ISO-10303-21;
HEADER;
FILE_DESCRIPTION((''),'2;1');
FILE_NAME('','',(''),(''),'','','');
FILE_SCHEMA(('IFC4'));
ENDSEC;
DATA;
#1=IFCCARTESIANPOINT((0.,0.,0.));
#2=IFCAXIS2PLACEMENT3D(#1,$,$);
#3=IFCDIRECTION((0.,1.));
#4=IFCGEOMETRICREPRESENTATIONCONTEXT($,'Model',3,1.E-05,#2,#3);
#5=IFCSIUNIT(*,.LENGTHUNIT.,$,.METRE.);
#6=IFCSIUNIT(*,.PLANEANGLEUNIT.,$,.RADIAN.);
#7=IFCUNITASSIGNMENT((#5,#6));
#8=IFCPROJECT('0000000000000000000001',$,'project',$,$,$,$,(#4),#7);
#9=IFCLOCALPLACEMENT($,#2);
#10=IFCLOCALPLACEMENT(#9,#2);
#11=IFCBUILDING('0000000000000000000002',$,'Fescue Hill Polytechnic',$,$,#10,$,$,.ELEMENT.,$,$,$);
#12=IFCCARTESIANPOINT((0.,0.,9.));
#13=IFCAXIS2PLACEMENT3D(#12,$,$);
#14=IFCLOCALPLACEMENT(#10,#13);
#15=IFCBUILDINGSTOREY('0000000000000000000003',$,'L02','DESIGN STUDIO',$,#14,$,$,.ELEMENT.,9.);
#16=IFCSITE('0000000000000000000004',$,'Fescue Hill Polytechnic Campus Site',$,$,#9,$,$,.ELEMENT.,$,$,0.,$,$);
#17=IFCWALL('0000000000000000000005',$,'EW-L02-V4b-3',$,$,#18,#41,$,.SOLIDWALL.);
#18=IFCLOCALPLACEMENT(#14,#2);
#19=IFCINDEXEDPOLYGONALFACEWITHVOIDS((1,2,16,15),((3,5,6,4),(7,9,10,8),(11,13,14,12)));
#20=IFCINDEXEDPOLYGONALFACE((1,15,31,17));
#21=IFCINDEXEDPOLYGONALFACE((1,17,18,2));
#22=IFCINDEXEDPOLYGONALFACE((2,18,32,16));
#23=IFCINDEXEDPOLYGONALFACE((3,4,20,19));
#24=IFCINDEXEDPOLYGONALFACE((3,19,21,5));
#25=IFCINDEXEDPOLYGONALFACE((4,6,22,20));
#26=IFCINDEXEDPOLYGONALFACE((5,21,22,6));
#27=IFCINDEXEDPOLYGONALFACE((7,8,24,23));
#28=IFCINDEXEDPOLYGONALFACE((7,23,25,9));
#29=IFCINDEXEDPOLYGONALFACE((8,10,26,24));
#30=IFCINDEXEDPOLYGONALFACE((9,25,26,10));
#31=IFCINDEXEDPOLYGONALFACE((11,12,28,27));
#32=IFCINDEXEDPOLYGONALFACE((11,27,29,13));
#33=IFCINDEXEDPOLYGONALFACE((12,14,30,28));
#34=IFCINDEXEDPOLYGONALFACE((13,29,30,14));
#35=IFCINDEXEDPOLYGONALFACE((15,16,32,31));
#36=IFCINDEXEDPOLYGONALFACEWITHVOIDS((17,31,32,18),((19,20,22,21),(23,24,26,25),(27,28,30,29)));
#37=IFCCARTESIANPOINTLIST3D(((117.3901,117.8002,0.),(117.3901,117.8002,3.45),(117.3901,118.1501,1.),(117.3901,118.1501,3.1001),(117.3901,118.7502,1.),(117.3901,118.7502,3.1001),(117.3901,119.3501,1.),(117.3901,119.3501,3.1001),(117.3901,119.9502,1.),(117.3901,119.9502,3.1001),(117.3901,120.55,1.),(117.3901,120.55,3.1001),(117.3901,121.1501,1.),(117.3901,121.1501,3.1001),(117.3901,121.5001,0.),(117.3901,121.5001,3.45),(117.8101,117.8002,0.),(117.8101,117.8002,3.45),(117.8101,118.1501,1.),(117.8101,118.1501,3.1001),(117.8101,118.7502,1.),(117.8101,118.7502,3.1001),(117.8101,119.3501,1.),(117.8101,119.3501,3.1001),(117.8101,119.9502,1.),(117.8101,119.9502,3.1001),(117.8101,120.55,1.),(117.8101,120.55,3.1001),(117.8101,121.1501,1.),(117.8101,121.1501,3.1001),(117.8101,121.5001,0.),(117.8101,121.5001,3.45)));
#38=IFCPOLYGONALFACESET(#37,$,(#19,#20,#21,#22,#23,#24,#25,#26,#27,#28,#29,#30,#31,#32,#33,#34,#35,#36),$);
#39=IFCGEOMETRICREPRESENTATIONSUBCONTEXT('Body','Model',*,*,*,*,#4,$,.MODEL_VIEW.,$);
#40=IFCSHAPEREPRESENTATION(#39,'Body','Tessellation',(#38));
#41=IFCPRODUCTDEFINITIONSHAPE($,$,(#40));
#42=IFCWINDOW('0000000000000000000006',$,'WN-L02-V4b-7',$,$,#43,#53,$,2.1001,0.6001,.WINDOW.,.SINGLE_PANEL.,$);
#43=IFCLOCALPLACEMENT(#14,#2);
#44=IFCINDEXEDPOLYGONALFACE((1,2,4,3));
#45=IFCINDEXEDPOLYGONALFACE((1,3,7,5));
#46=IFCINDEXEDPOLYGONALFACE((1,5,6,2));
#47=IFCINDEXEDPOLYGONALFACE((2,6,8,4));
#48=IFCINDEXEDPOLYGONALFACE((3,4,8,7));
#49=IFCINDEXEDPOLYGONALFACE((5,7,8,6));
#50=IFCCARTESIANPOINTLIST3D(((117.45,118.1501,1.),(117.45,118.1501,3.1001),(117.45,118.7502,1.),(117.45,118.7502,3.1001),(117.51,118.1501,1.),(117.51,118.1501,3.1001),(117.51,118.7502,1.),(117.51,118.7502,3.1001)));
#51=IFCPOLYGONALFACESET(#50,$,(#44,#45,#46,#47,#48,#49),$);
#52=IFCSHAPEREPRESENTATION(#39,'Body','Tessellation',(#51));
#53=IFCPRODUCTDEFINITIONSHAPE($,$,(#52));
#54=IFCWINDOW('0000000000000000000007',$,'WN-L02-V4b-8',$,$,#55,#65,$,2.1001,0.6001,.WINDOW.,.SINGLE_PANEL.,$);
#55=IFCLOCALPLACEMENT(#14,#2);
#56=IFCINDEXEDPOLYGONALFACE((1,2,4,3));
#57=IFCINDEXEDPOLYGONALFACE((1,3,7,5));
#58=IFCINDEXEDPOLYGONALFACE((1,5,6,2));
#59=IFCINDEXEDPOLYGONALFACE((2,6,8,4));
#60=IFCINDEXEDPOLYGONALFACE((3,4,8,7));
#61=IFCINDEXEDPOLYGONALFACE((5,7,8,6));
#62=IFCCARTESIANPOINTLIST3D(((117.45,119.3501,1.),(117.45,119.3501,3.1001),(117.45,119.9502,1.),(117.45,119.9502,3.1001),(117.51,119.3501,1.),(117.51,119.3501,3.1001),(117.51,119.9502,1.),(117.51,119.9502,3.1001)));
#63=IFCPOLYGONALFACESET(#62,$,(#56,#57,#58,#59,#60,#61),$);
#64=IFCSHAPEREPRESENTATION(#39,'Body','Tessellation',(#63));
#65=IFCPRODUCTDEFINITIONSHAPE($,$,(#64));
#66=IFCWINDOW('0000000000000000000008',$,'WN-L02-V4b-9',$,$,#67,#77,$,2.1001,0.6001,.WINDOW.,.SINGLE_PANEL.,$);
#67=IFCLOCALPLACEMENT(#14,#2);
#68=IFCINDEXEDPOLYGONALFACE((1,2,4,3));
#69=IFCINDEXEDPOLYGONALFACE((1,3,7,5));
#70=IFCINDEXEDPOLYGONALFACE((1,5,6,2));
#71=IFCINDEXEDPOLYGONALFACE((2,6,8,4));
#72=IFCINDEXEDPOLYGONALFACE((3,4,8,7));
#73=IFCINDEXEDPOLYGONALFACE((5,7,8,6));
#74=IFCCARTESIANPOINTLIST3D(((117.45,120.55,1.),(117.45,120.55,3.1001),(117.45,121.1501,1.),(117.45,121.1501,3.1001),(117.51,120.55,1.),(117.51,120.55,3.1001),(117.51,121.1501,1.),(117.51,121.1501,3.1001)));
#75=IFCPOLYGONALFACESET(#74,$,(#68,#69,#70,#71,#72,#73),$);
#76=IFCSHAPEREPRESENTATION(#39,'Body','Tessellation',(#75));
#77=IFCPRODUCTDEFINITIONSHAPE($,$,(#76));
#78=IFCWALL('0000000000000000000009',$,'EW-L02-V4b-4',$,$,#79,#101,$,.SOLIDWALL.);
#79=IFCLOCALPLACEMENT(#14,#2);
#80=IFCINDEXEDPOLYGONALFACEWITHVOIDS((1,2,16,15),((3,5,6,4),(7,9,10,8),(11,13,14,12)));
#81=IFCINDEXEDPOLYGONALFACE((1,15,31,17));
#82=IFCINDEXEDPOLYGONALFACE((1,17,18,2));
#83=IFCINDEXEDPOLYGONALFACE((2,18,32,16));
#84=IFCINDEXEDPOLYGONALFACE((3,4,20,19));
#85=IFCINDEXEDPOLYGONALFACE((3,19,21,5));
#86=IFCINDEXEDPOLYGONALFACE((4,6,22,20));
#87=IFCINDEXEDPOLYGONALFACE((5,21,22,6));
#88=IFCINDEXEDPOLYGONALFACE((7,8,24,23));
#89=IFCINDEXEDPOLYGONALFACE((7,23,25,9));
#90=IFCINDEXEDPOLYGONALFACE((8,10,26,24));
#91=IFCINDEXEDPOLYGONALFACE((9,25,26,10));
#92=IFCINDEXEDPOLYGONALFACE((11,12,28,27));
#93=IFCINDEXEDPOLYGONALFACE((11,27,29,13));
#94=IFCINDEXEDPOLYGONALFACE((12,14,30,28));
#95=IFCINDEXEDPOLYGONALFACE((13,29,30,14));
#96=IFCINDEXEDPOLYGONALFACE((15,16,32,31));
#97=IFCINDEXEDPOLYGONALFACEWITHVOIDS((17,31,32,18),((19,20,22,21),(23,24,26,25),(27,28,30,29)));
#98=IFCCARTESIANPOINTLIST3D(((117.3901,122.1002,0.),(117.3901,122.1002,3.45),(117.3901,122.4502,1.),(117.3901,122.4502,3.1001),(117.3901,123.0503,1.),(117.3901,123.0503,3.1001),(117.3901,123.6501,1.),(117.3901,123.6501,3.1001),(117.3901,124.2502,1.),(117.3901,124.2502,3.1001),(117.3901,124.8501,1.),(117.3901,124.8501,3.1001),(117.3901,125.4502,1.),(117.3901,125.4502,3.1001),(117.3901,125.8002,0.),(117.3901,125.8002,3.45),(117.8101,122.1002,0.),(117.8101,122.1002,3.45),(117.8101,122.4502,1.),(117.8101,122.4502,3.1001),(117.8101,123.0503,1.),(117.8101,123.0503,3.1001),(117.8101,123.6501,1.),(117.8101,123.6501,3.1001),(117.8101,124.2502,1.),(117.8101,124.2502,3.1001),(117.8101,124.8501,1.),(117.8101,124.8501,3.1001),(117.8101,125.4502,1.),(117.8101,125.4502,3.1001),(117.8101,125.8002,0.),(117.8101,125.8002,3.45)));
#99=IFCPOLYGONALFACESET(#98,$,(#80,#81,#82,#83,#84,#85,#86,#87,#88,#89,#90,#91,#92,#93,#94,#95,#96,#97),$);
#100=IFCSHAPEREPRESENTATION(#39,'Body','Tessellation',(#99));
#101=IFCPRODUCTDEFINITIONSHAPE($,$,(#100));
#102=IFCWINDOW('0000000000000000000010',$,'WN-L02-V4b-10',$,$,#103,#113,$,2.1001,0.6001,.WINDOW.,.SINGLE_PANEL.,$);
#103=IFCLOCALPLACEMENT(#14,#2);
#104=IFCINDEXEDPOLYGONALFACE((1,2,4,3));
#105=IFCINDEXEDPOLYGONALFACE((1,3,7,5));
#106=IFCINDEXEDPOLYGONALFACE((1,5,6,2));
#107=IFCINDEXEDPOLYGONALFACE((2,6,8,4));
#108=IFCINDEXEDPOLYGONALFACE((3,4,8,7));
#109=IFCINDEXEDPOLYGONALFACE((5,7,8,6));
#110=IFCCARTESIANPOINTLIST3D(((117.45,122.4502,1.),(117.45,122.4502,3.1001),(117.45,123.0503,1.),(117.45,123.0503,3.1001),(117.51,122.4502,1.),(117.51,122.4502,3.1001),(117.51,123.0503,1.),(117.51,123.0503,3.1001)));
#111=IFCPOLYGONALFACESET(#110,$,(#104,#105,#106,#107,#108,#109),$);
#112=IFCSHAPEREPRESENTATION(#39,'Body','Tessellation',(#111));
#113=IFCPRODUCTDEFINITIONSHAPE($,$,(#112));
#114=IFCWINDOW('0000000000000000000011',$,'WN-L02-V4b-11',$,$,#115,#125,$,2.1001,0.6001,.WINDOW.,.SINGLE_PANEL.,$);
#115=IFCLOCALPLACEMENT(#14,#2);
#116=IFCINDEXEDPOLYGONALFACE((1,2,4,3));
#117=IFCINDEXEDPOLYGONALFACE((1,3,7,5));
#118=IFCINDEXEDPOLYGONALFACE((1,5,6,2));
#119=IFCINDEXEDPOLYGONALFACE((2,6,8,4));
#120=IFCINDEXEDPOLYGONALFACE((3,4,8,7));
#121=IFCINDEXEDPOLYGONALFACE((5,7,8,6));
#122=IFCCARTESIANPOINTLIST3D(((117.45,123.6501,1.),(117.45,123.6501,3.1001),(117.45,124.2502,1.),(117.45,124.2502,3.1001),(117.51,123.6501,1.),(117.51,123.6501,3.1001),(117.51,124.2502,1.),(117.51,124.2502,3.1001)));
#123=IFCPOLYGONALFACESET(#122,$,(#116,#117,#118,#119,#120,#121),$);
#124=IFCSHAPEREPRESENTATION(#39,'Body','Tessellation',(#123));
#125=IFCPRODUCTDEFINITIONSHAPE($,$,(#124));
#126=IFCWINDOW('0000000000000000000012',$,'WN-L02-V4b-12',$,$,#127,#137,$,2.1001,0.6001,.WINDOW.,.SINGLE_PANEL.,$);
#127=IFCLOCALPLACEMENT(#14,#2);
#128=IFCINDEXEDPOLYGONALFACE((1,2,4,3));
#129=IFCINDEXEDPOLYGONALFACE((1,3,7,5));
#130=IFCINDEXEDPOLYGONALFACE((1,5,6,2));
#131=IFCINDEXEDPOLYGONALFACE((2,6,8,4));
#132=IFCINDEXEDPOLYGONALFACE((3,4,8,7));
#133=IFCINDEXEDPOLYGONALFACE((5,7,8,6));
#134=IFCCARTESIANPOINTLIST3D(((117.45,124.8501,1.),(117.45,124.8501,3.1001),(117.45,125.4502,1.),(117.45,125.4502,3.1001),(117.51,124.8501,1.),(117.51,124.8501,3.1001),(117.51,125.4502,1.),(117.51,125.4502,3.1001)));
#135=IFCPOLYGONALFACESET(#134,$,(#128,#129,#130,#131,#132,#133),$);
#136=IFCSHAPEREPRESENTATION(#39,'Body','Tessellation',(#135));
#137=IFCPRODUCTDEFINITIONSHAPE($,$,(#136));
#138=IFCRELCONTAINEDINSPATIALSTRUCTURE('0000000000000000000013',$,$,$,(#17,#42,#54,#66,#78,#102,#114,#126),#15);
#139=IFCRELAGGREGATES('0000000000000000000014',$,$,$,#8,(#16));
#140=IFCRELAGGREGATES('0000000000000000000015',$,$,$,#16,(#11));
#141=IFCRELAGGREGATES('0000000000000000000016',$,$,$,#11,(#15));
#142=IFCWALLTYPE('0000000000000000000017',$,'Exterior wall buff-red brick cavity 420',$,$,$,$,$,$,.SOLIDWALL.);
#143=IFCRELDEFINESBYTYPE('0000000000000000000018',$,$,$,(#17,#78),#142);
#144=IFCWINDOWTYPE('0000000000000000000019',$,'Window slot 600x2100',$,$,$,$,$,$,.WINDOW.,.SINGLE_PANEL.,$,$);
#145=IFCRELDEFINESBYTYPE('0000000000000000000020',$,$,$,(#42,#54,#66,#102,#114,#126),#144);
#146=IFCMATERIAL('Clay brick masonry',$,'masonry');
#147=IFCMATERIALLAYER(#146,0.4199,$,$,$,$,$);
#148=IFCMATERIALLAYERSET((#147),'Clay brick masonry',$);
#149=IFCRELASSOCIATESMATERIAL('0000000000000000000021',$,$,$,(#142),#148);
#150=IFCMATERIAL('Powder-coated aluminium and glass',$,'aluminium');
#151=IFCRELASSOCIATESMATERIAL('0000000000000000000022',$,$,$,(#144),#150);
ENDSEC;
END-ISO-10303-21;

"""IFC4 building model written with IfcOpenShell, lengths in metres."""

from ifc_helpers import new_model, si_unit, direction, frame, frame_2d, origin, place, context, subcontext, project, spatial, rectangle, extrude, material, layer, layer_set, type_object, element, fill, save


model = new_model("IFC4")

# Units and contexts
model_context = context("Model", 3, precision=1e-05, world=origin(), true_north=direction((0.0, 1.0)))
body_context = subcontext(model_context, "Body", "Model", "MODEL_VIEW")
ifc_project = project(units=[si_unit("LENGTHUNIT", "METRE"), si_unit("PLANEANGLEUNIT", "RADIAN")], contexts=[model_context])

# Site, building, storey
site_placement = place(None, origin())
site = spatial("IfcSite", under=ifc_project, at=site_placement, Name="Fescue Hill Polytechnic Campus Site", CompositionType="ELEMENT", RefElevation=0.0)
building_placement = place(site_placement, origin())
building = spatial("IfcBuilding", under=site, at=building_placement, Name="Fescue Hill Polytechnic", CompositionType="ELEMENT")
storey_placement = place(building_placement, frame((0.0, 0.0, 9.0)))
storey = spatial("IfcBuildingStorey", under=building, at=storey_placement, Name="L02", Description="DESIGN STUDIO", CompositionType="ELEMENT", Elevation=9.0)

# Shared definitions
ifc_material_1 = material(Name="Clay brick masonry", Category="masonry")

# Walls, openings, windows
ifc_layer_1 = layer(ifc_material_1, 0.4199)
ifc_layer_set_1 = layer_set([ifc_layer_1], Name="Clay brick masonry")
wall_type_1 = type_object("IfcWallType", Name="Exterior wall buff-red brick cavity 420", PredefinedType="SOLIDWALL", material=ifc_layer_set_1)
ifc_material_2 = material(Name="Powder-coated aluminium and glass", Category="aluminium")
window_type = type_object("IfcWindowType", Name="Window slot 600x2100", PartitioningType="SINGLE_PANEL", PredefinedType="WINDOW", material=ifc_material_2)
wall_1_placement = place(storey_placement, frame((117.6001, 117.8, 0.0), z_axis=(0.0, 0.0, 1.0), x_axis=(0.0, 1.0, 0.0)))
wall_1 = element("IfcWall", 1, at=wall_1_placement, inside=storey, type_object=wall_type_1, Name="EW-L02-V4b-3", PredefinedType="SOLIDWALL", context=body_context, shape_type="SweptSolid", body=[
    extrude(rectangle(XDim=3.7, YDim=0.4199, at=frame_2d((1.8501, 0.0))), origin(), (0.0, 0.0, 1.0), 3.45),
])
opening_1_placement = place(wall_1_placement, frame((0.3501, 0.0, 1.0)))
opening_1 = element("IfcOpeningElement", 2, at=opening_1_placement, cuts=wall_1, PredefinedType="OPENING", context=body_context, shape_type="SweptSolid", body=[
    extrude(rectangle(XDim=0.6001, YDim=2.1001, at=frame_2d((0.3, 1.05))), frame((0.0, 0.22, 0.0), z_axis=(0.0, -1.0, 0.0), x_axis=(1.0, 0.0, 0.0)), (0.0, 0.0, 1.0), 0.4399),
])
opening_2_placement = place(wall_1_placement, frame((1.55, 0.0, 1.0)))
opening_2 = element("IfcOpeningElement", 3, at=opening_2_placement, cuts=wall_1, PredefinedType="OPENING", context=body_context, shape_type="SweptSolid", body=[
    extrude(rectangle(XDim=0.6001, YDim=2.1001, at=frame_2d((0.3, 1.05))), frame((0.0, 0.22, 0.0), z_axis=(0.0, -1.0, 0.0), x_axis=(1.0, 0.0, 0.0)), (0.0, 0.0, 1.0), 0.4399),
])
opening_3_placement = place(wall_1_placement, frame((2.75, 0.0, 1.0)))
opening_3 = element("IfcOpeningElement", 4, at=opening_3_placement, cuts=wall_1, PredefinedType="OPENING", context=body_context, shape_type="SweptSolid", body=[
    extrude(rectangle(XDim=0.6001, YDim=2.1001, at=frame_2d((0.3, 1.05))), frame((0.0, 0.22, 0.0), z_axis=(0.0, -1.0, 0.0), x_axis=(1.0, 0.0, 0.0)), (0.0, 0.0, 1.0), 0.4399),
])
window_1_placement = place(opening_1_placement, origin())
window_1 = element("IfcWindow", 5, at=window_1_placement, inside=storey, type_object=window_type, Name="WN-L02-V4b-7", OverallHeight=2.1001, OverallWidth=0.6001, PartitioningType="SINGLE_PANEL", PredefinedType="WINDOW", context=body_context, shape_type="SweptSolid", body=[
    extrude(rectangle(XDim=0.6001, YDim=2.1001, at=frame_2d((0.3, 1.05))), frame((0.0, 0.1501, 0.0), z_axis=(0.0, -1.0, 0.0), x_axis=(1.0, 0.0, 0.0)), (0.0, 0.0, 1.0), 0.0601),
])
fill(opening_1, window_1)
window_2_placement = place(opening_2_placement, origin())
window_2 = element("IfcWindow", 6, at=window_2_placement, inside=storey, type_object=window_type, Name="WN-L02-V4b-8", OverallHeight=2.1001, OverallWidth=0.6001, PartitioningType="SINGLE_PANEL", PredefinedType="WINDOW", context=body_context, shape_type="SweptSolid", body=[
    extrude(rectangle(XDim=0.6001, YDim=2.1001, at=frame_2d((0.3, 1.05))), frame((0.0, 0.1501, 0.0), z_axis=(0.0, -1.0, 0.0), x_axis=(1.0, 0.0, 0.0)), (0.0, 0.0, 1.0), 0.0601),
])
fill(opening_2, window_2)
window_3_placement = place(opening_3_placement, origin())
window_3 = element("IfcWindow", 7, at=window_3_placement, inside=storey, type_object=window_type, Name="WN-L02-V4b-9", OverallHeight=2.1001, OverallWidth=0.6001, PartitioningType="SINGLE_PANEL", PredefinedType="WINDOW", context=body_context, shape_type="SweptSolid", body=[
    extrude(rectangle(XDim=0.6001, YDim=2.1001, at=frame_2d((0.3, 1.05))), frame((0.0, 0.1501, 0.0), z_axis=(0.0, -1.0, 0.0), x_axis=(1.0, 0.0, 0.0)), (0.0, 0.0, 1.0), 0.0601),
])
fill(opening_3, window_3)
wall_2_placement = place(storey_placement, frame((117.6001, 122.1001, 0.0), z_axis=(0.0, 0.0, 1.0), x_axis=(0.0, 1.0, 0.0)))
wall_2 = element("IfcWall", 8, at=wall_2_placement, inside=storey, type_object=wall_type_1, Name="EW-L02-V4b-4", PredefinedType="SOLIDWALL", context=body_context, shape_type="SweptSolid", body=[
    extrude(rectangle(XDim=3.7, YDim=0.4199, at=frame_2d((1.8501, 0.0))), origin(), (0.0, 0.0, 1.0), 3.45),
])
opening_4_placement = place(wall_2_placement, frame((0.3501, 0.0, 1.0)))
opening_4 = element("IfcOpeningElement", 9, at=opening_4_placement, cuts=wall_2, PredefinedType="OPENING", context=body_context, shape_type="SweptSolid", body=[
    extrude(rectangle(XDim=0.6001, YDim=2.1001, at=frame_2d((0.3, 1.05))), frame((0.0, 0.22, 0.0), z_axis=(0.0, -1.0, 0.0), x_axis=(1.0, 0.0, 0.0)), (0.0, 0.0, 1.0), 0.4399),
])
opening_5_placement = place(wall_2_placement, frame((1.55, 0.0, 1.0)))
opening_5 = element("IfcOpeningElement", 10, at=opening_5_placement, cuts=wall_2, PredefinedType="OPENING", context=body_context, shape_type="SweptSolid", body=[
    extrude(rectangle(XDim=0.6001, YDim=2.1001, at=frame_2d((0.3, 1.05))), frame((0.0, 0.22, 0.0), z_axis=(0.0, -1.0, 0.0), x_axis=(1.0, 0.0, 0.0)), (0.0, 0.0, 1.0), 0.4399),
])
opening_6_placement = place(wall_2_placement, frame((2.75, 0.0, 1.0)))
opening_6 = element("IfcOpeningElement", 11, at=opening_6_placement, cuts=wall_2, PredefinedType="OPENING", context=body_context, shape_type="SweptSolid", body=[
    extrude(rectangle(XDim=0.6001, YDim=2.1001, at=frame_2d((0.3, 1.05))), frame((0.0, 0.22, 0.0), z_axis=(0.0, -1.0, 0.0), x_axis=(1.0, 0.0, 0.0)), (0.0, 0.0, 1.0), 0.4399),
])
window_4_placement = place(opening_4_placement, origin())
window_4 = element("IfcWindow", 12, at=window_4_placement, inside=storey, type_object=window_type, Name="WN-L02-V4b-10", OverallHeight=2.1001, OverallWidth=0.6001, PartitioningType="SINGLE_PANEL", PredefinedType="WINDOW", context=body_context, shape_type="SweptSolid", body=[
    extrude(rectangle(XDim=0.6001, YDim=2.1001, at=frame_2d((0.3, 1.05))), frame((0.0, 0.1501, 0.0), z_axis=(0.0, -1.0, 0.0), x_axis=(1.0, 0.0, 0.0)), (0.0, 0.0, 1.0), 0.0601),
])
fill(opening_4, window_4)
window_5_placement = place(opening_5_placement, origin())
window_5 = element("IfcWindow", 13, at=window_5_placement, inside=storey, type_object=window_type, Name="WN-L02-V4b-11", OverallHeight=2.1001, OverallWidth=0.6001, PartitioningType="SINGLE_PANEL", PredefinedType="WINDOW", context=body_context, shape_type="SweptSolid", body=[
    extrude(rectangle(XDim=0.6001, YDim=2.1001, at=frame_2d((0.3, 1.05))), frame((0.0, 0.1501, 0.0), z_axis=(0.0, -1.0, 0.0), x_axis=(1.0, 0.0, 0.0)), (0.0, 0.0, 1.0), 0.0601),
])
fill(opening_5, window_5)
window_6_placement = place(opening_6_placement, origin())
window_6 = element("IfcWindow", 14, at=window_6_placement, inside=storey, type_object=window_type, Name="WN-L02-V4b-12", OverallHeight=2.1001, OverallWidth=0.6001, PartitioningType="SINGLE_PANEL", PredefinedType="WINDOW", context=body_context, shape_type="SweptSolid", body=[
    extrude(rectangle(XDim=0.6001, YDim=2.1001, at=frame_2d((0.3, 1.05))), frame((0.0, 0.1501, 0.0), z_axis=(0.0, -1.0, 0.0), x_axis=(1.0, 0.0, 0.0)), (0.0, 0.0, 1.0), 0.0601),
])
fill(opening_6, window_6)

save(model, "model.ifc")
